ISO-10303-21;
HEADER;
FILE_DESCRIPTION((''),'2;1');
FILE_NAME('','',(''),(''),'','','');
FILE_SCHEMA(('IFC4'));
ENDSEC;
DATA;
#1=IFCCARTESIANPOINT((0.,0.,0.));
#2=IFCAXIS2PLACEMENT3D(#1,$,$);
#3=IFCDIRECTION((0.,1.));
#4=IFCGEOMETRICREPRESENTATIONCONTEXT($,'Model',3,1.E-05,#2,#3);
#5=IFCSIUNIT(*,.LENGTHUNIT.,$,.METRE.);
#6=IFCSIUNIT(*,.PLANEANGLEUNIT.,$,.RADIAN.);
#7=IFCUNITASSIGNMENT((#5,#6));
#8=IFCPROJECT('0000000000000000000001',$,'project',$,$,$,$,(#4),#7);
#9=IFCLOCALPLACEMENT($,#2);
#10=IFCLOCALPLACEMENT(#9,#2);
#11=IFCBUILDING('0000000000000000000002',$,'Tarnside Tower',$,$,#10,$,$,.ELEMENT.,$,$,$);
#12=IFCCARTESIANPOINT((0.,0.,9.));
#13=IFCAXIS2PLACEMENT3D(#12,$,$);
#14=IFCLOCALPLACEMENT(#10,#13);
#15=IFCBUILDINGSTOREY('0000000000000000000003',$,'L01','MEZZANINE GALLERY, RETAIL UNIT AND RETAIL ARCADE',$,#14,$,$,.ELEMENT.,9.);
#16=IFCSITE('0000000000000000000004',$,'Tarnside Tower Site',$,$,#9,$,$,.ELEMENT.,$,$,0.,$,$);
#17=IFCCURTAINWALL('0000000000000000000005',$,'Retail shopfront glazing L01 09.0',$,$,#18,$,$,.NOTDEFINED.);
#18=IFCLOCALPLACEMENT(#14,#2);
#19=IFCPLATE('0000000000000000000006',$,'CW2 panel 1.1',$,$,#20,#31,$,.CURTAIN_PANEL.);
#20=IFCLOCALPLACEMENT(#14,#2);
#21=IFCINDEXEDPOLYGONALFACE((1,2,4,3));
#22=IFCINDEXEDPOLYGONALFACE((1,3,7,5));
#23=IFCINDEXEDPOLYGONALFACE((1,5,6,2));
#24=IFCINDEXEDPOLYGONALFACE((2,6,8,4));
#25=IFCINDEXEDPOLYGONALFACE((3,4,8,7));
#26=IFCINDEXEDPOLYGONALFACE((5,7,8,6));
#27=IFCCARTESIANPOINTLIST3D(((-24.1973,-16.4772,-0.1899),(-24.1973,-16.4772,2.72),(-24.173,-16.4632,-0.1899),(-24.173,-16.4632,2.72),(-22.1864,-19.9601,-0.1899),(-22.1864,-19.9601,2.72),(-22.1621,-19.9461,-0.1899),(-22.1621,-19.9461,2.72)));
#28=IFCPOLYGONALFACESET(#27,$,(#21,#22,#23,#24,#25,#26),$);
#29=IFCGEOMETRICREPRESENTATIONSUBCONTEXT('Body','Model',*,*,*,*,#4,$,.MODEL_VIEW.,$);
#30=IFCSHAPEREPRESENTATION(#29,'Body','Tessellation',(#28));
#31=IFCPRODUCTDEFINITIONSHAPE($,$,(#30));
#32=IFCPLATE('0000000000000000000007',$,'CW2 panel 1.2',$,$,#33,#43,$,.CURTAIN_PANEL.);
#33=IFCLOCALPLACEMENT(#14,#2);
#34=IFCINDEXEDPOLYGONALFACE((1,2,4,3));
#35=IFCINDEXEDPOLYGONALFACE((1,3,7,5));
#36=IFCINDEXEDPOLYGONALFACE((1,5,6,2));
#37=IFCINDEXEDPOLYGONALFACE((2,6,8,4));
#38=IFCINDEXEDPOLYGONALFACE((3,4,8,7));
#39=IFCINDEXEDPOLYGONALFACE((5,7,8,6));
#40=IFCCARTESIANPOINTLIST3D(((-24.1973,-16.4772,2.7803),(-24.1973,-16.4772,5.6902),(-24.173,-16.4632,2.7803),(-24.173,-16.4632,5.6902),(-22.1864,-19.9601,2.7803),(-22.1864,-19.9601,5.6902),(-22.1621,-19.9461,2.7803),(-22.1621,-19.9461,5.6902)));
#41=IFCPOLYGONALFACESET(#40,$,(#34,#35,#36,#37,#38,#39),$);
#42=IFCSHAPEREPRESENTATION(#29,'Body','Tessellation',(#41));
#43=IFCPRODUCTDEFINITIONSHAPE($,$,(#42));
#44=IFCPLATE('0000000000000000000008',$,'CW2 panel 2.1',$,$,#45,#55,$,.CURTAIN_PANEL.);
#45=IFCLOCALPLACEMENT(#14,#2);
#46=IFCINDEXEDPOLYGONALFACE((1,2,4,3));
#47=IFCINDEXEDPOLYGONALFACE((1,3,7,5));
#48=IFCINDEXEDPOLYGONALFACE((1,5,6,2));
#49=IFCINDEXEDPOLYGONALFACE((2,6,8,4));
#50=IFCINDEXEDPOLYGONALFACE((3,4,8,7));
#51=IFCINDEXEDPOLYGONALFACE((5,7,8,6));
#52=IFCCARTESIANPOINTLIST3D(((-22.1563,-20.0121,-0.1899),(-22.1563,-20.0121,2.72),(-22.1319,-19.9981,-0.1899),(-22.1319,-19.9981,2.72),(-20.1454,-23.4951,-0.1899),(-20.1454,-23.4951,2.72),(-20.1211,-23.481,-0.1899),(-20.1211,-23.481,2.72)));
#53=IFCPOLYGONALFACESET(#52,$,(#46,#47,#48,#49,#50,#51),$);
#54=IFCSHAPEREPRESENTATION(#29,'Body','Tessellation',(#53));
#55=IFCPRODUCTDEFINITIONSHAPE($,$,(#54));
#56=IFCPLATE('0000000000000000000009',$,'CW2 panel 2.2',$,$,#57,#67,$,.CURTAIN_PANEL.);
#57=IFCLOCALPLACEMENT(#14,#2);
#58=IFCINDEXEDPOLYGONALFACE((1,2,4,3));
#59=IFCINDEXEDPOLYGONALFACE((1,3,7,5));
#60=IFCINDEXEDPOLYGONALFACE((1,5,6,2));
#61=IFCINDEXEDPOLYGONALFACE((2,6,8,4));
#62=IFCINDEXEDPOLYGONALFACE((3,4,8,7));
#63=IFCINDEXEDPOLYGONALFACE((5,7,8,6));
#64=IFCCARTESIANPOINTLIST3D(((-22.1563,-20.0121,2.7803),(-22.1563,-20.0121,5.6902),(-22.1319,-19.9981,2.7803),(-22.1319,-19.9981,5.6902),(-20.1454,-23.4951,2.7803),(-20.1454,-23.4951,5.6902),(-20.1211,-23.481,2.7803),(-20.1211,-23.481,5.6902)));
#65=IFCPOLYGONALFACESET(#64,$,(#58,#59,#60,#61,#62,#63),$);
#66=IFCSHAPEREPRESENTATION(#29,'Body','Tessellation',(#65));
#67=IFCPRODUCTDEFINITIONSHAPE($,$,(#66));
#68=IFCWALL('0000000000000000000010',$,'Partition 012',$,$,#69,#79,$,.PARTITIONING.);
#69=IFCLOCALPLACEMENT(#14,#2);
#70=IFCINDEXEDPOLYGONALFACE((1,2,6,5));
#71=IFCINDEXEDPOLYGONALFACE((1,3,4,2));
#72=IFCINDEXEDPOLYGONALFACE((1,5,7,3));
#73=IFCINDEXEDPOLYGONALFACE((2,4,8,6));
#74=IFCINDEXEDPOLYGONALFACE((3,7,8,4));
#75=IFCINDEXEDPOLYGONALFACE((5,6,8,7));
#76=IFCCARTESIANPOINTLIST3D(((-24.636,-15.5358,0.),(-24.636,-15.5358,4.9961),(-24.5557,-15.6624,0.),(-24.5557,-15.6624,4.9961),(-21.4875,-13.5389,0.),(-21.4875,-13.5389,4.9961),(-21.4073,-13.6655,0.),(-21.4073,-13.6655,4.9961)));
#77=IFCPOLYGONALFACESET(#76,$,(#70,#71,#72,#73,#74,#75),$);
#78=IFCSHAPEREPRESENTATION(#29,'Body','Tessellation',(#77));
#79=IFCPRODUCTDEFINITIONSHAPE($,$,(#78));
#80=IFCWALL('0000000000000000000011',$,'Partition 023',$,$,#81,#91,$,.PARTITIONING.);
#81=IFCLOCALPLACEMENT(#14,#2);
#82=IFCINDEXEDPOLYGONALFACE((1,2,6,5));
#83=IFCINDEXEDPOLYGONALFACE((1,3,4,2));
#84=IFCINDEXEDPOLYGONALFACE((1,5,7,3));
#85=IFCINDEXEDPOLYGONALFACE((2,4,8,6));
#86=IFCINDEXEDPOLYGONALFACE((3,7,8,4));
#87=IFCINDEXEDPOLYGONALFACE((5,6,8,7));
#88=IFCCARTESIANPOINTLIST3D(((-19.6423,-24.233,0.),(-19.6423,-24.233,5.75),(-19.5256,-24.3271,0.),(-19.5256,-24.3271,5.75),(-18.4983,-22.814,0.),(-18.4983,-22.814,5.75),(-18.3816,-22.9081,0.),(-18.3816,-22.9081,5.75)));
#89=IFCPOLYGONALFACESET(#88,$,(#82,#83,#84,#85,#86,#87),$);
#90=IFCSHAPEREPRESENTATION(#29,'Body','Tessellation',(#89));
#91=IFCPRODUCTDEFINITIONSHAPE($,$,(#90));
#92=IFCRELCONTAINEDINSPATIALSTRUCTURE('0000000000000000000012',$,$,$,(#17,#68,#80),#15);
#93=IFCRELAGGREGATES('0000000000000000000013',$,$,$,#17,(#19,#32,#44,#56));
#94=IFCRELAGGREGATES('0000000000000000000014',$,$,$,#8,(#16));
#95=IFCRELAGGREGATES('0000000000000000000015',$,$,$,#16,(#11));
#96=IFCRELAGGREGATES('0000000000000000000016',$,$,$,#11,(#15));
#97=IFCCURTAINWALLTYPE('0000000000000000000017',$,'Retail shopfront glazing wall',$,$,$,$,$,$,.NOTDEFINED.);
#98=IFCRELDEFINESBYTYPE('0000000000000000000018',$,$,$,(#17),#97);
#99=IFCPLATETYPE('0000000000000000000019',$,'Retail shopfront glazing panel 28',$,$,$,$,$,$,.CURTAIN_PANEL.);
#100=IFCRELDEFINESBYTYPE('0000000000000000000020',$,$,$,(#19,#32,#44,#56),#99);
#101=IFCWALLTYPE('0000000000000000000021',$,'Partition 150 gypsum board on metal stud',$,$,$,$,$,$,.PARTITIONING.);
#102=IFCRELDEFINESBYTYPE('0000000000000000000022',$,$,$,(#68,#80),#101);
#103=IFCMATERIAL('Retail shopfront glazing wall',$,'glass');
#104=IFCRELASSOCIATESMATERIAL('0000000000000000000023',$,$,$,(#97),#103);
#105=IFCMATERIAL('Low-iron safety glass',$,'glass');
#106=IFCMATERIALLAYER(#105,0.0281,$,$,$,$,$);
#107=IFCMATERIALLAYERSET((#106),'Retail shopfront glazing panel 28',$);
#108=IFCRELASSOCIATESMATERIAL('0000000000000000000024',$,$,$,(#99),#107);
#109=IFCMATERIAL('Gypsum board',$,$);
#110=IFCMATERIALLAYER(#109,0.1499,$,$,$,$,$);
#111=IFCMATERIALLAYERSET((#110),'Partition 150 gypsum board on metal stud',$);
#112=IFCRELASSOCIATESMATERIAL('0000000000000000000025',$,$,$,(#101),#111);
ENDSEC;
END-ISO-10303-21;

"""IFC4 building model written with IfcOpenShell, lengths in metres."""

from ifc_helpers import new_model, si_unit, direction, frame, frame_2d, origin, origin_2d, place, context, subcontext, project, spatial, rectangle, extrude, material, layer, layer_set, type_object, element, aggregate, save


model = new_model("IFC4")

# Units and contexts
model_context = context("Model", 3, precision=1e-05, world=origin(), true_north=direction((0.0, 1.0)))
body_context = subcontext(model_context, "Body", "Model", "MODEL_VIEW")
ifc_project = project(units=[si_unit("LENGTHUNIT", "METRE"), si_unit("PLANEANGLEUNIT", "RADIAN")], contexts=[model_context])

# Site, building, storey
site_placement = place(None, origin())
site = spatial("IfcSite", under=ifc_project, at=site_placement, Name="Tarnside Tower Site", CompositionType="ELEMENT", RefElevation=0.0)
building_placement = place(site_placement, origin())
building = spatial("IfcBuilding", under=site, at=building_placement, Name="Tarnside Tower", CompositionType="ELEMENT")
storey_placement = place(building_placement, frame((0.0, 0.0, 9.0)))
storey = spatial("IfcBuildingStorey", under=building, at=storey_placement, Name="L01", Description="MEZZANINE GALLERY, RETAIL UNIT AND RETAIL ARCADE", CompositionType="ELEMENT", Elevation=9.0)

# Shared definitions
ifc_material_1 = material(Name="Retail shopfront glazing wall", Category="glass")
curtain_wall_type = type_object("IfcCurtainWallType", Name="Retail shopfront glazing wall", PredefinedType="NOTDEFINED", material=ifc_material_1)

# Curtain wall
curtain_wall_1_placement = place(storey_placement, origin())
curtain_wall_1 = element("IfcCurtainWall", 1, at=curtain_wall_1_placement, inside=storey, type_object=curtain_wall_type, Name="Retail shopfront glazing L01 09.0", PredefinedType="NOTDEFINED")

# Plates
ifc_material_2 = material(Name="Low-iron safety glass", Category="glass")
ifc_layer_1 = layer(ifc_material_2, 0.0281)
ifc_layer_set_1 = layer_set([ifc_layer_1], Name="Retail shopfront glazing panel 28")
plate_type = type_object("IfcPlateType", Name="Retail shopfront glazing panel 28", PredefinedType="CURTAIN_PANEL", material=ifc_layer_set_1)
plate_1_placement = place(storey_placement, frame((-23.1797, -18.2117, -0.1899), z_axis=(0.0, 0.0, 1.0), x_axis=(0.5, -0.866025, 0.0)))
plate_1 = element("IfcPlate", 2, at=plate_1_placement, type_object=plate_type, Name="CW2 panel 1.1", PredefinedType="CURTAIN_PANEL", context=body_context, shape_type="SweptSolid", body=[
    extrude(rectangle(XDim=4.0217, YDim=0.0281, at=origin_2d()), origin(), (0.0, 0.0, 1.0), 2.9099),
])
plate_2_placement = place(storey_placement, frame((-23.1797, -18.2117, 2.7803), z_axis=(0.0, 0.0, 1.0), x_axis=(0.5, -0.866025, 0.0)))
plate_2 = element("IfcPlate", 3, at=plate_2_placement, type_object=plate_type, Name="CW2 panel 1.2", PredefinedType="CURTAIN_PANEL", context=body_context, shape_type="SweptSolid", body=[
    extrude(rectangle(XDim=4.0217, YDim=0.0281, at=origin_2d()), origin(), (0.0, 0.0, 1.0), 2.9099),
])
plate_3_placement = place(storey_placement, frame((-21.1387, -21.7466, -0.1899), z_axis=(0.0, 0.0, 1.0), x_axis=(0.5, -0.866025, 0.0)))
plate_3 = element("IfcPlate", 4, at=plate_3_placement, type_object=plate_type, Name="CW2 panel 2.1", PredefinedType="CURTAIN_PANEL", context=body_context, shape_type="SweptSolid", body=[
    extrude(rectangle(XDim=4.0217, YDim=0.0281, at=origin_2d()), origin(), (0.0, 0.0, 1.0), 2.9099),
])
plate_4_placement = place(storey_placement, frame((-21.1387, -21.7466, 2.7803), z_axis=(0.0, 0.0, 1.0), x_axis=(0.5, -0.866025, 0.0)))
plate_4 = element("IfcPlate", 5, at=plate_4_placement, type_object=plate_type, Name="CW2 panel 2.2", PredefinedType="CURTAIN_PANEL", context=body_context, shape_type="SweptSolid", body=[
    extrude(rectangle(XDim=4.0217, YDim=0.0281, at=origin_2d()), origin(), (0.0, 0.0, 1.0), 2.9099),
])
aggregate(curtain_wall_1, [plate_1, plate_2, plate_3, plate_4])

# Walls
ifc_material_3 = material(Name="Gypsum board")
ifc_layer_2 = layer(ifc_material_3, 0.1499)
ifc_layer_set_2 = layer_set([ifc_layer_2], Name="Partition 150 gypsum board on metal stud")
wall_type = type_object("IfcWallType", Name="Partition 150 gypsum board on metal stud", PredefinedType="PARTITIONING", material=ifc_layer_set_2)
wall_1_placement = place(storey_placement, frame((-24.5959, -15.5991, 0.0), z_axis=(0.0, 0.0, 1.0), x_axis=(0.844478, 0.535591, 0.0)))
element("IfcWall", 6, at=wall_1_placement, inside=storey, type_object=wall_type, Name="Partition 012", PredefinedType="PARTITIONING", context=body_context, shape_type="SweptSolid", body=[
    extrude(rectangle(XDim=3.7283, YDim=0.1499, at=frame_2d((1.8643, 0.0))), origin(), (0.0, 0.0, 1.0), 4.9961),
])
wall_2_placement = place(storey_placement, frame((-19.584, -24.28, 0.0), z_axis=(0.0, 0.0, 1.0), x_axis=(0.627663, 0.778485, 0.0)))
element("IfcWall", 7, at=wall_2_placement, inside=storey, type_object=wall_type, Name="Partition 023", PredefinedType="PARTITIONING", context=body_context, shape_type="SweptSolid", body=[
    extrude(rectangle(XDim=1.8228, YDim=0.1499, at=frame_2d((0.9114, 0.0))), origin(), (0.0, 0.0, 1.0), 5.75),
])

save(model, "model.ifc")
